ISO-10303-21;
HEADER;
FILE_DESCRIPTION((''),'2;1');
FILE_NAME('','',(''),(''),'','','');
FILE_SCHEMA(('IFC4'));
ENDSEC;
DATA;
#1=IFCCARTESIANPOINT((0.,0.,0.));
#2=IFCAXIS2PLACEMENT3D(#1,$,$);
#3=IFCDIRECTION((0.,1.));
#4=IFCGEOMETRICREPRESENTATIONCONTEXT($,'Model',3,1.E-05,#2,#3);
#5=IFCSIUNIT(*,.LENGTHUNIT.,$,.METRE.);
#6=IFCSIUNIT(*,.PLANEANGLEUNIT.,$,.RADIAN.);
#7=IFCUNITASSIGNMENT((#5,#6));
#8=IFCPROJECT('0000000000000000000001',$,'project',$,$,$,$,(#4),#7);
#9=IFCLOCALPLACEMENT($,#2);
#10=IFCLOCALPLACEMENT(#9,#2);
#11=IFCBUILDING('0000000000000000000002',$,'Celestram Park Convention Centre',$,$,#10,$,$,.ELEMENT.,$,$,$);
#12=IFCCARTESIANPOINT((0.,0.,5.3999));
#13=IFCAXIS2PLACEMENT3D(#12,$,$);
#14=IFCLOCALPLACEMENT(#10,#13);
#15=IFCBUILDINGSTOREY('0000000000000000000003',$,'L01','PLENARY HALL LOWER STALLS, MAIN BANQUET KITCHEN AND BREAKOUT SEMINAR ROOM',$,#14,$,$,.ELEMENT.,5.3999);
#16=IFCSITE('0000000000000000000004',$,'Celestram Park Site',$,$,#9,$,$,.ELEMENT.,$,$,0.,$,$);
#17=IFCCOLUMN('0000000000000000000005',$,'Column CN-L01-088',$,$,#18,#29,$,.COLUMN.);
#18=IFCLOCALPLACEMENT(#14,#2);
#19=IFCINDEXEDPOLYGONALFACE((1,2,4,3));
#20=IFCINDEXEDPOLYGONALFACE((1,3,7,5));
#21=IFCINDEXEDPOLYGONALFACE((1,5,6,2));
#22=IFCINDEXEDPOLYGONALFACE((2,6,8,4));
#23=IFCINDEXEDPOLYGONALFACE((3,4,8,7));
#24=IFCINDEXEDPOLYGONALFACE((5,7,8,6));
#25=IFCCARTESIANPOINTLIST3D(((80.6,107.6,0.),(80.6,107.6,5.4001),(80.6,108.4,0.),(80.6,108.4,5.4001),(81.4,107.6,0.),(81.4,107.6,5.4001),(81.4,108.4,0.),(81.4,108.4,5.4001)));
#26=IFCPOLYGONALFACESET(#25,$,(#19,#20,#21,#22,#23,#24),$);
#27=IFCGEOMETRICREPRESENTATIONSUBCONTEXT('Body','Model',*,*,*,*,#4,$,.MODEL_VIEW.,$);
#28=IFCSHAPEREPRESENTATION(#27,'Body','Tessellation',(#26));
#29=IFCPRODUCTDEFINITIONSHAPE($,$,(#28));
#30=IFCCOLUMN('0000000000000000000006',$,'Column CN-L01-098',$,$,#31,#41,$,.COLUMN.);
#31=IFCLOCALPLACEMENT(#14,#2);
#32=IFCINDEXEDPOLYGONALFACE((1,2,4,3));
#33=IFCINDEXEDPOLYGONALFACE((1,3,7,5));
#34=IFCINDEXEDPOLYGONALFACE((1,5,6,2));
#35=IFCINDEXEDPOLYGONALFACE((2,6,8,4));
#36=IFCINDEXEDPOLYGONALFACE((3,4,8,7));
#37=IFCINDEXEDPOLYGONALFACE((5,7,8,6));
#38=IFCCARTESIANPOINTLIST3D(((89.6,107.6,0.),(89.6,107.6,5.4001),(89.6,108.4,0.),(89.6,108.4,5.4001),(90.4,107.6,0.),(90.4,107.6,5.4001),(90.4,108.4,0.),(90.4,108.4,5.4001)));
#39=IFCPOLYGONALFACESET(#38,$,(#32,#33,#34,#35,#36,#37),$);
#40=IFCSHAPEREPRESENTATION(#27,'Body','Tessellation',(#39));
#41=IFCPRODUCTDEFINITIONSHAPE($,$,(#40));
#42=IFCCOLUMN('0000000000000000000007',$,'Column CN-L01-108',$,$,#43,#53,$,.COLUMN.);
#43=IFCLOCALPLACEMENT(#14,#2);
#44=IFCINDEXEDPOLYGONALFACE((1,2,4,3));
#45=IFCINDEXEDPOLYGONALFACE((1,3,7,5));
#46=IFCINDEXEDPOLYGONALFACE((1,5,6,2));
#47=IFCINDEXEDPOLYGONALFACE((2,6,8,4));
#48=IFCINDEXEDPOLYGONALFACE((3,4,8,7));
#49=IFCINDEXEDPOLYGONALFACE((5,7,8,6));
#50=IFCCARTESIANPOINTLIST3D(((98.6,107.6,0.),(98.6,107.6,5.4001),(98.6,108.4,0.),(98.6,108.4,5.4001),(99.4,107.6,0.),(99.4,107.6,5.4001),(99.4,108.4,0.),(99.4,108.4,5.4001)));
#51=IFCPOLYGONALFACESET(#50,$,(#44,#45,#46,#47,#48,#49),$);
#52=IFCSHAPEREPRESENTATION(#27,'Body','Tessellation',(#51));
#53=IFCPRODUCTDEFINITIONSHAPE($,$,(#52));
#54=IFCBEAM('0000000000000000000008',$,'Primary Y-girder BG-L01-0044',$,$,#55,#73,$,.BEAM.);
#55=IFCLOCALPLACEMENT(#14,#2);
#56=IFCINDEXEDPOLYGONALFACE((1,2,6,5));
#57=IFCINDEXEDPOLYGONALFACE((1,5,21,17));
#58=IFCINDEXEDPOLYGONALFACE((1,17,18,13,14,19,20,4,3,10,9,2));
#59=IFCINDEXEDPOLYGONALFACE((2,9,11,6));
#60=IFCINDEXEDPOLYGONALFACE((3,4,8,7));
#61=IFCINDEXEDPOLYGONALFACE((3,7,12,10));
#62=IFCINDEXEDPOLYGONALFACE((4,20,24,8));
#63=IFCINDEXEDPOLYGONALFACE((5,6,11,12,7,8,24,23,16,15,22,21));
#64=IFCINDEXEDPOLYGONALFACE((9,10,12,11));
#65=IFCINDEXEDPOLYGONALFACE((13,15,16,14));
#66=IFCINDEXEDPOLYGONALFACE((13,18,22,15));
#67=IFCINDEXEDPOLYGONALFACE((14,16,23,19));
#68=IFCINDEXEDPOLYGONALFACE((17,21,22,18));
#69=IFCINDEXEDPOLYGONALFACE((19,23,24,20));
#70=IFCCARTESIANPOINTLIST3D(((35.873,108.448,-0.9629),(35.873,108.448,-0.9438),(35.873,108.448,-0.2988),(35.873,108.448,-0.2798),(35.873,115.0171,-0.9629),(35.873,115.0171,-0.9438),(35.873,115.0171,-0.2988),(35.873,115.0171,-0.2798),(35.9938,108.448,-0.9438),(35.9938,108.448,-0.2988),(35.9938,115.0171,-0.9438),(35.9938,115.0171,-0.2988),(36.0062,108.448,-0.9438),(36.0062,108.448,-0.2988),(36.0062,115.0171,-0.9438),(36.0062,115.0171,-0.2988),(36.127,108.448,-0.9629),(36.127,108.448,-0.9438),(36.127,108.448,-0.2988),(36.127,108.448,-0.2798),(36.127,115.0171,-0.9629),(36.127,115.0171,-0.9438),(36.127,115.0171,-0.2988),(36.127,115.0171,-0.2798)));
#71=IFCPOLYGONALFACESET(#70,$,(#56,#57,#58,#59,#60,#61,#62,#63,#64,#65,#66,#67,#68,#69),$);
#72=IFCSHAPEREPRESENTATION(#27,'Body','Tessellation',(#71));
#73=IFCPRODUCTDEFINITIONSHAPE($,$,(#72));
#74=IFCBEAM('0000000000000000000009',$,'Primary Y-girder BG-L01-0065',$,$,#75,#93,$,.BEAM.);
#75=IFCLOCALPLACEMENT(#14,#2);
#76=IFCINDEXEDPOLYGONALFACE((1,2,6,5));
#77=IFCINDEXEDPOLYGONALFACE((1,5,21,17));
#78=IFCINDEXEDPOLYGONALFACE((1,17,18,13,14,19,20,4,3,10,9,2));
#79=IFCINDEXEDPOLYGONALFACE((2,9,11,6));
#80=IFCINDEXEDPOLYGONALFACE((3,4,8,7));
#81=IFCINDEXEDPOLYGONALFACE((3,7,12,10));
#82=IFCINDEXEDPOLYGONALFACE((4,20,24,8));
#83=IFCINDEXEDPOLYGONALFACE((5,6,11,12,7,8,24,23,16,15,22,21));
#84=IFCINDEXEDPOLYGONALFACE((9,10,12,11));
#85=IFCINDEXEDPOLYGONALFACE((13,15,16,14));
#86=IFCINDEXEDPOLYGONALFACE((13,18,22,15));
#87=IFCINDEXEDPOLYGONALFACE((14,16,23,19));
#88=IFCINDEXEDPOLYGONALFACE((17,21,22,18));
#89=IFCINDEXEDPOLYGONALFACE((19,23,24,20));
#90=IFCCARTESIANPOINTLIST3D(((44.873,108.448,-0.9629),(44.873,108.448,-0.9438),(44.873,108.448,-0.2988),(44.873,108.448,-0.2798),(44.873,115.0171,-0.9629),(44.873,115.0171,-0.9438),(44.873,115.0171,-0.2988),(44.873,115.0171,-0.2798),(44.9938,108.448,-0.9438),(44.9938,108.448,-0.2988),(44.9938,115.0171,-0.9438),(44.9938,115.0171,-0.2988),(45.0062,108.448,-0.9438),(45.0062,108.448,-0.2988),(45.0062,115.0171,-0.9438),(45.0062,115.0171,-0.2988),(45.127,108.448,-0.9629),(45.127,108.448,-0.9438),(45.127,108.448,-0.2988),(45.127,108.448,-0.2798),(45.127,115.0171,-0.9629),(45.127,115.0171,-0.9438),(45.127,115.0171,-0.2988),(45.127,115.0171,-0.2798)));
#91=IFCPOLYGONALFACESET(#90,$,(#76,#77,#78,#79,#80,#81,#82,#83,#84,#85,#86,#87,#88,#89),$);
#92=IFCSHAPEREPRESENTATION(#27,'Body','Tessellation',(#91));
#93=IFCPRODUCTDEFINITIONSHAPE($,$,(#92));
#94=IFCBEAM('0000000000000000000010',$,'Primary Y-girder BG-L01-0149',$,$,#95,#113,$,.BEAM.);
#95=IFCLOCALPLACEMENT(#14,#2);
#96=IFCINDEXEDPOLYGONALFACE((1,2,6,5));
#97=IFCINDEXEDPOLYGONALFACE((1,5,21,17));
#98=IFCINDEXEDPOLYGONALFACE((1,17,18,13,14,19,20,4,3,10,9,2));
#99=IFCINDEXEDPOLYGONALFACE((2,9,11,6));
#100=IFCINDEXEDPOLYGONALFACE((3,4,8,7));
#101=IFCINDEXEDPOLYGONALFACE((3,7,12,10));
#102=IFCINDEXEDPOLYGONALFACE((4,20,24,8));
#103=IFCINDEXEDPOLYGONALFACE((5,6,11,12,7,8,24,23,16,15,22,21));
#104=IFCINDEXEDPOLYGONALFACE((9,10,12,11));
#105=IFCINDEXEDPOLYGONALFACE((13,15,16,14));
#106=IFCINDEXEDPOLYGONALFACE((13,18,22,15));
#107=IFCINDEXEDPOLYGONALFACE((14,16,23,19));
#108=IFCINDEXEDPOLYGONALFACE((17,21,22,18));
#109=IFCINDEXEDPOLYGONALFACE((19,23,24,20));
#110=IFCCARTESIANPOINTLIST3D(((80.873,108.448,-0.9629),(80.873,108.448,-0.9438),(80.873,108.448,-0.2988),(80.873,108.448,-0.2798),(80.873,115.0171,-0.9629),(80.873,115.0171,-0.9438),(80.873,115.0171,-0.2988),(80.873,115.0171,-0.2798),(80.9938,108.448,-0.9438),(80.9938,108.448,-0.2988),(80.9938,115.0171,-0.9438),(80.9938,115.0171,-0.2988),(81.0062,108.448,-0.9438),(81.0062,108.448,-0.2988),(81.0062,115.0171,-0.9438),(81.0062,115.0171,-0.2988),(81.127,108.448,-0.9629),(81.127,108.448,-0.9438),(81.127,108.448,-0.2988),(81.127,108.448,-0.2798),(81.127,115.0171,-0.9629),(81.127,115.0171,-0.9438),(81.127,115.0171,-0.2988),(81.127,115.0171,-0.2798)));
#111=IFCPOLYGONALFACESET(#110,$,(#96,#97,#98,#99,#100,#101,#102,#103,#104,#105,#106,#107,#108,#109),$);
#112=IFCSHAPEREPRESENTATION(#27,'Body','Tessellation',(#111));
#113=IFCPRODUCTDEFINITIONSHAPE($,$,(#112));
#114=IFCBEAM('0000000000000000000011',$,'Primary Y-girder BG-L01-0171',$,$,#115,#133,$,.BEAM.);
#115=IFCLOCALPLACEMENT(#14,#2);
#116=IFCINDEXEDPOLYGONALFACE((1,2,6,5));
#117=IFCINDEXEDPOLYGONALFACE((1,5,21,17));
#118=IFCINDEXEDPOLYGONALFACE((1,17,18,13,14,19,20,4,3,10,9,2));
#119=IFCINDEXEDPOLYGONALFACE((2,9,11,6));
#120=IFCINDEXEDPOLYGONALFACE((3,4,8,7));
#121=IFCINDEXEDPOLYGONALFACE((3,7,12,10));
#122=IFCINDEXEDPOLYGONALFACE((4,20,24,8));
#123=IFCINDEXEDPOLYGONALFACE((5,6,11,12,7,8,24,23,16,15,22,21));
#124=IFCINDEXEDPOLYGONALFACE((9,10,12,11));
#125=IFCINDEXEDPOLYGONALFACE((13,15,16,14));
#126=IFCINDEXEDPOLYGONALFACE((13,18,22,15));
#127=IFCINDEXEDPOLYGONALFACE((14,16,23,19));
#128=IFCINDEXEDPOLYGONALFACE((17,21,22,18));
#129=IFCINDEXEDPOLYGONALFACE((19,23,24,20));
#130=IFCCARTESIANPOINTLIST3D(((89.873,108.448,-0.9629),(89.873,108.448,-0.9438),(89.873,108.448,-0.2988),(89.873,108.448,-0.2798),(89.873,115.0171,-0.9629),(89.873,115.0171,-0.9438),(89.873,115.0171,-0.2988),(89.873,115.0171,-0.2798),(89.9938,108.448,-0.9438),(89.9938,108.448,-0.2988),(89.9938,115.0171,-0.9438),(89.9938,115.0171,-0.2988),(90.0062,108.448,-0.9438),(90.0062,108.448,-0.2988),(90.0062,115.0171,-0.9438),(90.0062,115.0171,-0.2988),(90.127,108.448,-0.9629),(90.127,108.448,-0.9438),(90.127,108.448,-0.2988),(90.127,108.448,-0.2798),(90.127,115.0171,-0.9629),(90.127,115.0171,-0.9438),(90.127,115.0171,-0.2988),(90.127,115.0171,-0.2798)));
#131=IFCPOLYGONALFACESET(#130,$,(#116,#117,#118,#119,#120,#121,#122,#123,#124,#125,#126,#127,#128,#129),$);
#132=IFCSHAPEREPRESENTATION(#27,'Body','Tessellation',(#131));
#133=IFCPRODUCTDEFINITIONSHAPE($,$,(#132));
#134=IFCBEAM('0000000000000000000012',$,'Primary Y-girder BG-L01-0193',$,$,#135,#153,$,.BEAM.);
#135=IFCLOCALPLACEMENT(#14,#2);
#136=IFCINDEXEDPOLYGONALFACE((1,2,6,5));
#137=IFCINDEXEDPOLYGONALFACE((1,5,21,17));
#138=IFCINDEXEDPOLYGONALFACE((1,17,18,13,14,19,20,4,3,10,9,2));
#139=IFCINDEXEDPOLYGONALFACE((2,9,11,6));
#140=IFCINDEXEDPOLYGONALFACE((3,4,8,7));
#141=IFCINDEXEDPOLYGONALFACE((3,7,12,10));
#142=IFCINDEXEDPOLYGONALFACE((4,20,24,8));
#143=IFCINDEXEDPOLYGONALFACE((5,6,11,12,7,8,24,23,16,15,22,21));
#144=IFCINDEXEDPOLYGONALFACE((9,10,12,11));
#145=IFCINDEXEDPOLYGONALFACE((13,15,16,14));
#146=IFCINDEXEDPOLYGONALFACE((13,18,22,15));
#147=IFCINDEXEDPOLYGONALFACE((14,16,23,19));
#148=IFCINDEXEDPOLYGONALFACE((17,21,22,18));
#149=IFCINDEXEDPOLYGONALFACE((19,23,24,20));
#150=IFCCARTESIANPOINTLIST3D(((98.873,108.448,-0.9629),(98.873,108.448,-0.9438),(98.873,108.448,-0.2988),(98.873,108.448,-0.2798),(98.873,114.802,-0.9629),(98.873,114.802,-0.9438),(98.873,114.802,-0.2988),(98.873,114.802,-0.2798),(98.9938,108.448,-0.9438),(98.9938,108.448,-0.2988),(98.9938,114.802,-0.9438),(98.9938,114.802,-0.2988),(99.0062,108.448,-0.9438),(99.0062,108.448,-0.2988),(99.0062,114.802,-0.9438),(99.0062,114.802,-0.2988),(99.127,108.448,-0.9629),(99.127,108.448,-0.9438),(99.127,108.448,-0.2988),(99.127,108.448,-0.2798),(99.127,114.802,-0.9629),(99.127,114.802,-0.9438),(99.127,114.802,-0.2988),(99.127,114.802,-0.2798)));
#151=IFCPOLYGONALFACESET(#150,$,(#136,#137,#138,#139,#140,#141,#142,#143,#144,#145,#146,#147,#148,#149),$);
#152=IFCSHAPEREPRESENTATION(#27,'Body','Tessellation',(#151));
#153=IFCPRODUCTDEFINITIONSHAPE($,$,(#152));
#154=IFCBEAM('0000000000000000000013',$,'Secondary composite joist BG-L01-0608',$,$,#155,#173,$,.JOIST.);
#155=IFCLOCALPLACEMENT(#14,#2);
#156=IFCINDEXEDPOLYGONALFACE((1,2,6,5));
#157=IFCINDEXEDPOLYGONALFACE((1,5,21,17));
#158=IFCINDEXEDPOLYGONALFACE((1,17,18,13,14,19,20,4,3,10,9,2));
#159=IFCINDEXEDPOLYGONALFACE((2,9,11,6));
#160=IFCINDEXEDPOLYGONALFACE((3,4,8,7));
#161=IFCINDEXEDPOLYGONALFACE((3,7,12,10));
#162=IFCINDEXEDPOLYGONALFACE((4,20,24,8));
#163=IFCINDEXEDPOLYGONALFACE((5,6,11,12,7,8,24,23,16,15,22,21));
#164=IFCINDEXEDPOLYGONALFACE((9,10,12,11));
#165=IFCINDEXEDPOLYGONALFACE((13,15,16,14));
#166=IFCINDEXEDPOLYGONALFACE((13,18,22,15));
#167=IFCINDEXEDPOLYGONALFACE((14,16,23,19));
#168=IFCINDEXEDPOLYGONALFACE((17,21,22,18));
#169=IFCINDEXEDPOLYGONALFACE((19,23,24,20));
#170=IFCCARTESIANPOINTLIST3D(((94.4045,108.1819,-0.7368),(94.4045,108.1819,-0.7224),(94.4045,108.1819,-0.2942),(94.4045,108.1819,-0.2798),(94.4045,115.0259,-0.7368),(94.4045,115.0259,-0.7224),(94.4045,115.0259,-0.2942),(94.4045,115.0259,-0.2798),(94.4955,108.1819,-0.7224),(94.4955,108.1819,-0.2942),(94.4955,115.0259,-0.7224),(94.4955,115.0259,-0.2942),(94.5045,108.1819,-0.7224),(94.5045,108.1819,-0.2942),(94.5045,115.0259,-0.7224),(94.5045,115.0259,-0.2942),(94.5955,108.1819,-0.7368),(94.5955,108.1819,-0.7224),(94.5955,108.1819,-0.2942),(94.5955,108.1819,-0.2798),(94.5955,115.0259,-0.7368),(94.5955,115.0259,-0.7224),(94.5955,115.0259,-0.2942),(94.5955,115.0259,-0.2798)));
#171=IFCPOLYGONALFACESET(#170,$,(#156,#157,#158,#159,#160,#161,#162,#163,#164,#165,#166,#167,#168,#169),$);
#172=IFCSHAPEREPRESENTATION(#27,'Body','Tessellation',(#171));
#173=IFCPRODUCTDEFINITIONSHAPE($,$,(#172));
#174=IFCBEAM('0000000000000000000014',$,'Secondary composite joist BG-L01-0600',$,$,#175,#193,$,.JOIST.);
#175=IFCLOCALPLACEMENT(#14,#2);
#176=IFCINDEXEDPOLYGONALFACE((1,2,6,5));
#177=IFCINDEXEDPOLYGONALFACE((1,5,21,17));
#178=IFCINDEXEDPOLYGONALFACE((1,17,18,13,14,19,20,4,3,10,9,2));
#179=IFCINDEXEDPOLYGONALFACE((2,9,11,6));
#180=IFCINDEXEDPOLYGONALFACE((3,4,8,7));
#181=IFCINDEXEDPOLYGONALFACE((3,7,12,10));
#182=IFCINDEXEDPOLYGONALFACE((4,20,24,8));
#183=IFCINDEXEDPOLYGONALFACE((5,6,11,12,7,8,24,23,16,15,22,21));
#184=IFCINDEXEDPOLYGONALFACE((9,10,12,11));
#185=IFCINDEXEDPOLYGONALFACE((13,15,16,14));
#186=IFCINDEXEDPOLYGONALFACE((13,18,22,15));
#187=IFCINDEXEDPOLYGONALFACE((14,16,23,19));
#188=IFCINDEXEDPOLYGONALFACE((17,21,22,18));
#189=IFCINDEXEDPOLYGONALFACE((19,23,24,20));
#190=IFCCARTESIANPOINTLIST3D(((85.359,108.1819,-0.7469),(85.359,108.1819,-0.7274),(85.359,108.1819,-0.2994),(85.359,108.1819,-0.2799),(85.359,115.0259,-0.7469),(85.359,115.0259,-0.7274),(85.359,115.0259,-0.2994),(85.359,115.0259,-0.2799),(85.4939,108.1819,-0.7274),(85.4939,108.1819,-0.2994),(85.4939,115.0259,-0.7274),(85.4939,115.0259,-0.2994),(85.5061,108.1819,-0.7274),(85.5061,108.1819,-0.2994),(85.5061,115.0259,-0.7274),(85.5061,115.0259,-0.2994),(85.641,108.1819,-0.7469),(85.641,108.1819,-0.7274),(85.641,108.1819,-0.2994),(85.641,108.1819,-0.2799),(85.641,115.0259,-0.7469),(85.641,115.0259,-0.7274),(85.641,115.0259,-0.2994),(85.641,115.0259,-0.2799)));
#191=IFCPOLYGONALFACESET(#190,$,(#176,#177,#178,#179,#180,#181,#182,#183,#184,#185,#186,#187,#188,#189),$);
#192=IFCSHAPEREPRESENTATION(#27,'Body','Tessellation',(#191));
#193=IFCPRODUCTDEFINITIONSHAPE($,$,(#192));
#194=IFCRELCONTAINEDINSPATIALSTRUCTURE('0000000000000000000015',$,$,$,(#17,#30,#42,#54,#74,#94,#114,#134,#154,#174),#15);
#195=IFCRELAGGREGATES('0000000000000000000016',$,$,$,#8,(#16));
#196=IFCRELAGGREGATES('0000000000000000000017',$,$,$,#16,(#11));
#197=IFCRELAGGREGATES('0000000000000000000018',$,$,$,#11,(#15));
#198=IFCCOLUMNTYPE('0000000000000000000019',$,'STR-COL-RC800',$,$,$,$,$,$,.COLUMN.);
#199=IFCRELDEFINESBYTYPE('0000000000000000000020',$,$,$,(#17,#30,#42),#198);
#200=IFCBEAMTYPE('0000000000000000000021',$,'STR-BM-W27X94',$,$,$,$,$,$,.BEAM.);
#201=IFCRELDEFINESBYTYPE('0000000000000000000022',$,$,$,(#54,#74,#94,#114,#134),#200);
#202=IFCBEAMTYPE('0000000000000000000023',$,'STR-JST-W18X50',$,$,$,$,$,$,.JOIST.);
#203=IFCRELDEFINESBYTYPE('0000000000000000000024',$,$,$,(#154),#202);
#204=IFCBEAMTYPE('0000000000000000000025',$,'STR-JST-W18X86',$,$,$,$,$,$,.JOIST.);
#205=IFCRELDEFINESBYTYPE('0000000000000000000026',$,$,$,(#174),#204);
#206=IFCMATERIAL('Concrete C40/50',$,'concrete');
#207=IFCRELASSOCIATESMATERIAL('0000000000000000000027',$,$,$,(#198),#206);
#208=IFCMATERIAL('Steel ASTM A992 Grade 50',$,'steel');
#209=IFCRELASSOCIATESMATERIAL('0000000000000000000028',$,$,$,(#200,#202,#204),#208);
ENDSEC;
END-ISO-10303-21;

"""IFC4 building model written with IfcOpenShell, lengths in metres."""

from ifc_helpers import new_model, si_unit, direction, frame, origin, origin_2d, place, context, subcontext, project, spatial, rectangle, i_section, extrude, material, material_profile, profile_set, type_object, element, save


model = new_model("IFC4")

# Units and contexts
model_context = context("Model", 3, precision=1e-05, world=origin(), true_north=direction((0.0, 1.0)))
body_context = subcontext(model_context, "Body", "Model", "MODEL_VIEW")
ifc_project = project(units=[si_unit("LENGTHUNIT", "METRE"), si_unit("PLANEANGLEUNIT", "RADIAN")], contexts=[model_context])

# Site, building, storey
site_placement = place(None, origin())
site = spatial("IfcSite", under=ifc_project, at=site_placement, Name="Celestram Park Site", CompositionType="ELEMENT", RefElevation=0.0)
building_placement = place(site_placement, origin())
building = spatial("IfcBuilding", under=site, at=building_placement, Name="Celestram Park Convention Centre", CompositionType="ELEMENT")
storey_placement = place(building_placement, frame((0.0, 0.0, 5.3999)))
storey = spatial("IfcBuildingStorey", under=building, at=storey_placement, Name="L01", Description="PLENARY HALL LOWER STALLS, MAIN BANQUET KITCHEN AND BREAKOUT SEMINAR ROOM", CompositionType="ELEMENT", Elevation=5.3999)

# Columns
ifc_material_1 = material(Name="Concrete C40/50", Category="concrete")
ifc_material_profile_1 = material_profile(ifc_material_1, rectangle(XDim=0.8, YDim=0.8, at=origin_2d()), Name="RC800X800")
ifc_profile_set_1 = profile_set([ifc_material_profile_1], Name="Concrete C40/50")
column_type = type_object("IfcColumnType", Name="STR-COL-RC800", PredefinedType="COLUMN", material=ifc_profile_set_1)
for number, where, z_axis, x_axis, name in (
    (1, (81.0, 108.0, 0.0), (0.0, 0.0, 1.0), (1.0, 0.0, 0.0), "Column CN-L01-088"),
    (2, (90.0, 108.0, 0.0), (0.0, 0.0, 1.0), (1.0, 0.0, 0.0), "Column CN-L01-098"),
    (3, (99.0, 108.0, 0.0), (0.0, 0.0, 1.0), (1.0, 0.0, 0.0), "Column CN-L01-108"),
):
    element("IfcColumn", number, at=place(storey_placement, frame(where, z_axis=z_axis, x_axis=x_axis)), inside=storey, type_object=column_type, Name=name, PredefinedType="COLUMN", context=body_context, shape_type="SweptSolid", body=[
        extrude(rectangle(XDim=0.8, YDim=0.8, at=origin_2d()), origin(), (0.0, 0.0, 1.0), 5.4001),
    ])

# Beams
ifc_material_2 = material(Name="Steel ASTM A992 Grade 50", Category="steel")
ifc_material_profile_2 = material_profile(ifc_material_2, i_section(OverallWidth=0.2539, OverallDepth=0.6831, WebThickness=0.0125, FlangeThickness=0.019, at=origin_2d()), Name="W27X94")
ifc_profile_set_2 = profile_set([ifc_material_profile_2], Name="Steel ASTM A992 Grade 50")
beam_type_1 = type_object("IfcBeamType", Name="STR-BM-W27X94", PredefinedType="BEAM", material=ifc_profile_set_2)
for number, where, z_axis, x_axis, name in (
    (4, (36.0, 108.448, -0.6213), (0.0, 1.0, 0.0), (-1.0, 0.0, 0.0), "Primary Y-girder BG-L01-0044"),
    (5, (45.0, 108.448, -0.6213), (0.0, 1.0, 0.0), (-1.0, 0.0, 0.0), "Primary Y-girder BG-L01-0065"),
    (6, (81.0, 108.448, -0.6213), (0.0, 1.0, 0.0), (-1.0, 0.0, 0.0), "Primary Y-girder BG-L01-0149"),
    (7, (90.0, 108.448, -0.6213), (0.0, 1.0, 0.0), (-1.0, 0.0, 0.0), "Primary Y-girder BG-L01-0171"),
):
    element("IfcBeam", number, at=place(storey_placement, frame(where, z_axis=z_axis, x_axis=x_axis)), inside=storey, type_object=beam_type_1, Name=name, PredefinedType="BEAM", context=body_context, shape_type="SweptSolid", body=[
        extrude(i_section(OverallWidth=0.2539, OverallDepth=0.6831, WebThickness=0.0125, FlangeThickness=0.019, at=origin_2d()), origin(), (0.0, 0.0, 1.0), 6.5691),
    ])
beam_1_placement = place(storey_placement, frame((99.0, 108.448, -0.6213), z_axis=(0.0, 1.0, 0.0), x_axis=(-1.0, 0.0, 0.0)))
element("IfcBeam", 8, at=beam_1_placement, inside=storey, type_object=beam_type_1, Name="Primary Y-girder BG-L01-0193", PredefinedType="BEAM", context=body_context, shape_type="SweptSolid", body=[
    extrude(i_section(OverallWidth=0.2539, OverallDepth=0.6831, WebThickness=0.0125, FlangeThickness=0.019, at=origin_2d()), origin(), (0.0, 0.0, 1.0), 6.354),
])
ifc_material_profile_3 = material_profile(ifc_material_2, i_section(OverallWidth=0.1909, OverallDepth=0.457, WebThickness=0.009, FlangeThickness=0.0144, at=origin_2d()), Name="W18X50")
ifc_profile_set_3 = profile_set([ifc_material_profile_3], Name="Steel ASTM A992 Grade 50")
beam_type_2 = type_object("IfcBeamType", Name="STR-JST-W18X50", PredefinedType="JOIST", material=ifc_profile_set_3)
beam_2_placement = place(storey_placement, frame((94.5, 108.1819, -0.5083), z_axis=(0.0, 1.0, 0.0), x_axis=(-1.0, 0.0, 0.0)))
element("IfcBeam", 9, at=beam_2_placement, inside=storey, type_object=beam_type_2, Name="Secondary composite joist BG-L01-0608", PredefinedType="JOIST", context=body_context, shape_type="SweptSolid", body=[
    extrude(i_section(OverallWidth=0.1909, OverallDepth=0.457, WebThickness=0.009, FlangeThickness=0.0144, at=origin_2d()), origin(), (0.0, 0.0, 1.0), 6.844),
])
ifc_material_profile_4 = material_profile(ifc_material_2, i_section(OverallWidth=0.282, OverallDepth=0.467, WebThickness=0.0122, FlangeThickness=0.0195, at=origin_2d()), Name="W18X86")
ifc_profile_set_4 = profile_set([ifc_material_profile_4], Name="Steel ASTM A992 Grade 50")
beam_type_3 = type_object("IfcBeamType", Name="STR-JST-W18X86", PredefinedType="JOIST", material=ifc_profile_set_4)
beam_3_placement = place(storey_placement, frame((85.5, 108.1819, -0.5134), z_axis=(0.0, 1.0, 0.0), x_axis=(-1.0, 0.0, 0.0)))
element("IfcBeam", 10, at=beam_3_placement, inside=storey, type_object=beam_type_3, Name="Secondary composite joist BG-L01-0600", PredefinedType="JOIST", context=body_context, shape_type="SweptSolid", body=[
    extrude(i_section(OverallWidth=0.282, OverallDepth=0.467, WebThickness=0.0122, FlangeThickness=0.0195, at=origin_2d()), origin(), (0.0, 0.0, 1.0), 6.844),
])

save(model, "model.ifc")
